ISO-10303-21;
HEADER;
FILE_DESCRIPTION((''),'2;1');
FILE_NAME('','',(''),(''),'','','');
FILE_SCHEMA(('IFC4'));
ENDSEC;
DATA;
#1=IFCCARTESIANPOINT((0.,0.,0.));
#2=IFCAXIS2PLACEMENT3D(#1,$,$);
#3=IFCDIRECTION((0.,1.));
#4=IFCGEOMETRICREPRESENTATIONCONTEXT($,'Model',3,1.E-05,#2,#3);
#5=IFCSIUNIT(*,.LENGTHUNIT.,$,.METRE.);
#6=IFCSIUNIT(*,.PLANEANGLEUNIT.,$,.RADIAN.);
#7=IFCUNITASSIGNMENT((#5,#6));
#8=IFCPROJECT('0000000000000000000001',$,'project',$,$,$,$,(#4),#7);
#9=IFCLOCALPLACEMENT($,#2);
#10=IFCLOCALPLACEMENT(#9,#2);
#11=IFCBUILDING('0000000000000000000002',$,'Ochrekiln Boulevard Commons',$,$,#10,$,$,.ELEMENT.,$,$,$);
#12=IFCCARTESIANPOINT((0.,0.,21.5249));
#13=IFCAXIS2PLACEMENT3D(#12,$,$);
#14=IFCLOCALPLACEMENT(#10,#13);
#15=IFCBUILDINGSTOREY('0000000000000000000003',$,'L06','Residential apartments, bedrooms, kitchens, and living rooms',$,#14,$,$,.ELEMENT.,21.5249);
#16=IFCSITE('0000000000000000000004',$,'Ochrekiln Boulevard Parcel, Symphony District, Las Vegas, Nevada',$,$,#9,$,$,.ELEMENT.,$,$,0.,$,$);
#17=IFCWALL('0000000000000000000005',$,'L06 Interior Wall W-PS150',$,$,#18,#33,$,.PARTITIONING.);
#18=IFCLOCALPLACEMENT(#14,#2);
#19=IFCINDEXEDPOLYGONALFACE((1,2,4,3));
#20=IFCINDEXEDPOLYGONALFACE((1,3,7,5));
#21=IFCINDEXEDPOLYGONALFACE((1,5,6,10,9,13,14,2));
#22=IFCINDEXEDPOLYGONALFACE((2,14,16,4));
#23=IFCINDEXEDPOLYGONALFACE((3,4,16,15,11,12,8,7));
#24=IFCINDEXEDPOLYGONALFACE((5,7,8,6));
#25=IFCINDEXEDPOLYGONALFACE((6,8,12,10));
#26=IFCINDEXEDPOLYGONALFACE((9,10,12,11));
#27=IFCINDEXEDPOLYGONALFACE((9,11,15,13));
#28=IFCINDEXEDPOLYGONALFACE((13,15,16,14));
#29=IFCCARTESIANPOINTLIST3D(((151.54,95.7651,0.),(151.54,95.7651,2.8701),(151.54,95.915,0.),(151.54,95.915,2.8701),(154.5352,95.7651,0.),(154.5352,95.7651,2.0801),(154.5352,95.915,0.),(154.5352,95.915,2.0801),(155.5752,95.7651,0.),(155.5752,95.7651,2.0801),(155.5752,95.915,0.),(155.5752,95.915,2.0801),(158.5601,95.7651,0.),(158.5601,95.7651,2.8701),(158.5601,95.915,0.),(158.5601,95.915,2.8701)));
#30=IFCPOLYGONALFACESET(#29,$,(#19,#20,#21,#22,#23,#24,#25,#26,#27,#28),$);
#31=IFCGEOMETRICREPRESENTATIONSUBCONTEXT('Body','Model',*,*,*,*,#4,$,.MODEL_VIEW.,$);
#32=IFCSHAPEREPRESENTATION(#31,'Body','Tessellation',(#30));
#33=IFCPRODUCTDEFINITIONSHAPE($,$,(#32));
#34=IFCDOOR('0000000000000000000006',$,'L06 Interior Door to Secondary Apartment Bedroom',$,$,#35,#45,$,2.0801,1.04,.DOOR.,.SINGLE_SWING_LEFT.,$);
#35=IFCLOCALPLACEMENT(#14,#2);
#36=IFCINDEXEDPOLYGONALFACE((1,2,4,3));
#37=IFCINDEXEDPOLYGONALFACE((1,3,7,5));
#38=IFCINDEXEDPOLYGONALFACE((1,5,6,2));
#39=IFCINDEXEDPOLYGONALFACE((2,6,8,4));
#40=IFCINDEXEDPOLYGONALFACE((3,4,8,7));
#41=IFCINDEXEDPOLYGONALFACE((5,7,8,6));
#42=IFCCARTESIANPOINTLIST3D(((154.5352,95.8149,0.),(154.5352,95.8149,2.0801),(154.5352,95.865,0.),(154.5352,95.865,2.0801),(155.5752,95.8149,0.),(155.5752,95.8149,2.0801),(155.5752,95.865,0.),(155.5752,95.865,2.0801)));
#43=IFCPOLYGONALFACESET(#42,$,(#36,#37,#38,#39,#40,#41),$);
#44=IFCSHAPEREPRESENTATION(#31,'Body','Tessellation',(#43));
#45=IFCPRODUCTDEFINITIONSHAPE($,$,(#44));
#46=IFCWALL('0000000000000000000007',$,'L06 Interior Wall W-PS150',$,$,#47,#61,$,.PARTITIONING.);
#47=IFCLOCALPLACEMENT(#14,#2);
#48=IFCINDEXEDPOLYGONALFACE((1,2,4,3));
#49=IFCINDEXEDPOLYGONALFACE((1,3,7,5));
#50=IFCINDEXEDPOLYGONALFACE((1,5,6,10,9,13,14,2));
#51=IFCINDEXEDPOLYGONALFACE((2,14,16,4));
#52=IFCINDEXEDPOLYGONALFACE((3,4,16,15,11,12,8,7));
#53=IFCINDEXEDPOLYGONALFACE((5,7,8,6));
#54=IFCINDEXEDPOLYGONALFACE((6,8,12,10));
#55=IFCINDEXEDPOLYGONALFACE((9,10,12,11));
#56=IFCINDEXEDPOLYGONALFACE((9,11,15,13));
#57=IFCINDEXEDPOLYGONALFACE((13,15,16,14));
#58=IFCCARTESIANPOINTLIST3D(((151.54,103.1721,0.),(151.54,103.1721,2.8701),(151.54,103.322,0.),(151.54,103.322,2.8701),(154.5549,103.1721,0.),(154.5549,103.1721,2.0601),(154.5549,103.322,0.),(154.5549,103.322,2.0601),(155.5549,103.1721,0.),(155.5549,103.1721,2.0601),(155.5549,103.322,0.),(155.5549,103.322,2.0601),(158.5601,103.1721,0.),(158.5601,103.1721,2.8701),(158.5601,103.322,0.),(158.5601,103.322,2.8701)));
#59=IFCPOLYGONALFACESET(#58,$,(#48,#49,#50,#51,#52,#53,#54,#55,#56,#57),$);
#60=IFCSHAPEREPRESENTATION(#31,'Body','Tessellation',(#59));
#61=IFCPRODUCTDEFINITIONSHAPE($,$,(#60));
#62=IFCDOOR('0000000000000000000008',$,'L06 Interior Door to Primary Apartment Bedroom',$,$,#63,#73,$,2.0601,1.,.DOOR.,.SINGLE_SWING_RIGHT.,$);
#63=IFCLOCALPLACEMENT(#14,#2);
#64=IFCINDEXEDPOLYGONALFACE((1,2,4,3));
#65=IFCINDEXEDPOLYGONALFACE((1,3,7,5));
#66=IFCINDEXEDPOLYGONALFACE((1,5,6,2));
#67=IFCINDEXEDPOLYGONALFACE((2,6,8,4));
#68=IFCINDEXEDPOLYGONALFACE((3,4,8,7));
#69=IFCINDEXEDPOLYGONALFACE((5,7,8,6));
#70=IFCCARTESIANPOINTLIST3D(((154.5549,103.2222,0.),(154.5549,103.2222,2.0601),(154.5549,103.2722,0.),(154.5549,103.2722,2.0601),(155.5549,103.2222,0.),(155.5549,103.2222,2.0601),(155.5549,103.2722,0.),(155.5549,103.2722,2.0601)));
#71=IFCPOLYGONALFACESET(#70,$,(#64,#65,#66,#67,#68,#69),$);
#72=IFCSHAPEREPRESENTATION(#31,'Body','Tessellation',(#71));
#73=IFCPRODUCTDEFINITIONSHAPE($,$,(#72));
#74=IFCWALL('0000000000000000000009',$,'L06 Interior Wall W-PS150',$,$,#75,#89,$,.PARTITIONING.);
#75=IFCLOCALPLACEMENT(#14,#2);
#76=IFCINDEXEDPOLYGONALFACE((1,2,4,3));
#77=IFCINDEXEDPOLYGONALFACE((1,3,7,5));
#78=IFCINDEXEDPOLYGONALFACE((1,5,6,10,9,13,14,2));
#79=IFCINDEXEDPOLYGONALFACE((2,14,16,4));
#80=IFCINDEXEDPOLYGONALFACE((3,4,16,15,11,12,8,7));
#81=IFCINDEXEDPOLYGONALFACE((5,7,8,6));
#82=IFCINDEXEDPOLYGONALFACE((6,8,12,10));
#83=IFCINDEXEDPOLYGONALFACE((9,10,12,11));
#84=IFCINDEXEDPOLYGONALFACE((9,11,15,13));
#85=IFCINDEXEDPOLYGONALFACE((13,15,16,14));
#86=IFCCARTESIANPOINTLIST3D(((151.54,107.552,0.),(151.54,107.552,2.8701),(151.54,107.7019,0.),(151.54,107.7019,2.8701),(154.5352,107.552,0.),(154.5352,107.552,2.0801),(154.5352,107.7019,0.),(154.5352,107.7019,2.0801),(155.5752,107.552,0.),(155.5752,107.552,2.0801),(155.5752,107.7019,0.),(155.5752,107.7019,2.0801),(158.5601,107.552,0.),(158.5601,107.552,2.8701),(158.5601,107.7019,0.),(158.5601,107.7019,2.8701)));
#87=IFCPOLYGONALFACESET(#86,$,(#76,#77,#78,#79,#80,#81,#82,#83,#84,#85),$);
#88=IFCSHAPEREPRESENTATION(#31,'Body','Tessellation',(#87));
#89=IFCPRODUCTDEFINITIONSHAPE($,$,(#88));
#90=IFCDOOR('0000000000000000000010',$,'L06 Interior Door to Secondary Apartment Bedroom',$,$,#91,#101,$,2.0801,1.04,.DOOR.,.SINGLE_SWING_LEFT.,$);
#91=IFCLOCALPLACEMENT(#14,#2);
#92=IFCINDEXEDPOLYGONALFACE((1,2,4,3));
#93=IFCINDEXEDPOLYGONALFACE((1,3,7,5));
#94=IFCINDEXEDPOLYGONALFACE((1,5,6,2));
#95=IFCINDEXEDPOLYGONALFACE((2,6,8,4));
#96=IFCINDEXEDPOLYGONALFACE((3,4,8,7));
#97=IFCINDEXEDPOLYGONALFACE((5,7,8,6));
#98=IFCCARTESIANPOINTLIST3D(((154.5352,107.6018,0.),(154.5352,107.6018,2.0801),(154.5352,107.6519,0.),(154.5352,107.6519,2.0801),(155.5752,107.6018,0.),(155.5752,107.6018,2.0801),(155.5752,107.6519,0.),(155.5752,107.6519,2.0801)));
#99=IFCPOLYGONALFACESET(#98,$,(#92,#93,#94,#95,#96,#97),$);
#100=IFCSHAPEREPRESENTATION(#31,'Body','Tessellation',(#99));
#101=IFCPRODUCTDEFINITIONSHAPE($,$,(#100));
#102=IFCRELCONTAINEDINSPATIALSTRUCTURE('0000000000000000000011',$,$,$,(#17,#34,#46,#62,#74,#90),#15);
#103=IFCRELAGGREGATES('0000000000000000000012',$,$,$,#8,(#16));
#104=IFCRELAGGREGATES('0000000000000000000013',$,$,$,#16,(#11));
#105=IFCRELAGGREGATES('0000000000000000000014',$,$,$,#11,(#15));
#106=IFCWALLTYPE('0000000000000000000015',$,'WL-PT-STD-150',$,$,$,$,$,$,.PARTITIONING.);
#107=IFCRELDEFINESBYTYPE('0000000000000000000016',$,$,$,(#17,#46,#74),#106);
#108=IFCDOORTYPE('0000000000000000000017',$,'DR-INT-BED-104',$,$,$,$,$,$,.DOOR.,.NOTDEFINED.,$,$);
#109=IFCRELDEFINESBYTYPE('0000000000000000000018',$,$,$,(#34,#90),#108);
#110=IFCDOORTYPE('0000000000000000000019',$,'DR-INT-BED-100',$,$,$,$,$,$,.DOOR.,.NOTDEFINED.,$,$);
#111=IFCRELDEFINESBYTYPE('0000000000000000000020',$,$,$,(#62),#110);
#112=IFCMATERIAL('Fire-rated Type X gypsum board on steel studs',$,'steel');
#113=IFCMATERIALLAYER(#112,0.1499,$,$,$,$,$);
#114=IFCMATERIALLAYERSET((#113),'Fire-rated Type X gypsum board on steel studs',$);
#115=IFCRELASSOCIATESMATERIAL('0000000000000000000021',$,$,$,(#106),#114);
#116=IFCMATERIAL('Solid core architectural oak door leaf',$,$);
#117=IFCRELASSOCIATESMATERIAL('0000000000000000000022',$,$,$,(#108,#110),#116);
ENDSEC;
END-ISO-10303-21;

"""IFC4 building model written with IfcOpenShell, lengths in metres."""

from ifc_helpers import new_model, si_unit, direction, frame, frame_2d, origin, place, context, subcontext, project, spatial, rectangle, extrude, material, layer, layer_set, type_object, element, fill, save


model = new_model("IFC4")

# Units and contexts
model_context = context("Model", 3, precision=1e-05, world=origin(), true_north=direction((0.0, 1.0)))
body_context = subcontext(model_context, "Body", "Model", "MODEL_VIEW")
ifc_project = project(units=[si_unit("LENGTHUNIT", "METRE"), si_unit("PLANEANGLEUNIT", "RADIAN")], contexts=[model_context])

# Site, building, storey
site_placement = place(None, origin())
site = spatial("IfcSite", under=ifc_project, at=site_placement, Name="Ochrekiln Boulevard Parcel, Symphony District, Las Vegas, Nevada", CompositionType="ELEMENT", RefElevation=0.0)
building_placement = place(site_placement, origin())
building = spatial("IfcBuilding", under=site, at=building_placement, Name="Ochrekiln Boulevard Commons", CompositionType="ELEMENT")
storey_placement = place(building_placement, frame((0.0, 0.0, 21.5249)))
storey = spatial("IfcBuildingStorey", under=building, at=storey_placement, Name="L06", Description="Residential apartments, bedrooms, kitchens, and living rooms", CompositionType="ELEMENT", Elevation=21.5249)

# Shared definitions
ifc_material_1 = material(Name="Fire-rated Type X gypsum board on steel studs", Category="steel")

# Walls, openings, doors
ifc_layer_1 = layer(ifc_material_1, 0.1499)
ifc_layer_set_1 = layer_set([ifc_layer_1], Name="Fire-rated Type X gypsum board on steel studs")
wall_type_1 = type_object("IfcWallType", Name="WL-PT-STD-150", PredefinedType="PARTITIONING", material=ifc_layer_set_1)
ifc_material_2 = material(Name="Solid core architectural oak door leaf")
door_type_1 = type_object("IfcDoorType", Name="DR-INT-BED-104", OperationType="NOTDEFINED", PredefinedType="DOOR", material=ifc_material_2)
door_type_2 = type_object("IfcDoorType", Name="DR-INT-BED-100", OperationType="NOTDEFINED", PredefinedType="DOOR", material=ifc_material_2)
wall_1_placement = place(storey_placement, frame((151.54, 95.8401, 0.0), z_axis=(0.0, 0.0, 1.0), x_axis=(1.0, 0.0, 0.0)))
wall_1 = element("IfcWall", 1, at=wall_1_placement, inside=storey, type_object=wall_type_1, Name="L06 Interior Wall W-PS150", PredefinedType="PARTITIONING", context=body_context, shape_type="SweptSolid", body=[
    extrude(rectangle(XDim=7.02, YDim=0.1499, at=frame_2d((3.51, 0.0))), origin(), (0.0, 0.0, 1.0), 2.8701),
])
opening_1_placement = place(wall_1_placement, frame((2.9951, 0.0, 0.0)))
opening_1 = element("IfcOpeningElement", 2, at=opening_1_placement, cuts=wall_1, PredefinedType="OPENING", context=body_context, shape_type="SweptSolid", body=[
    extrude(rectangle(XDim=1.04, YDim=2.0801, at=frame_2d((0.52, 1.04))), frame((0.0, 0.085, 0.0), z_axis=(0.0, -1.0, 0.0), x_axis=(1.0, 0.0, 0.0)), (0.0, 0.0, 1.0), 0.1699),
])
door_1_placement = place(opening_1_placement, origin())
door_1 = element("IfcDoor", 3, at=door_1_placement, inside=storey, type_object=door_type_1, Name="L06 Interior Door to Secondary Apartment Bedroom", OperationType="SINGLE_SWING_LEFT", OverallHeight=2.0801, OverallWidth=1.04, PredefinedType="DOOR", context=body_context, shape_type="SweptSolid", body=[
    extrude(rectangle(XDim=1.04, YDim=2.0801, at=frame_2d((0.52, 1.04))), frame((0.0, 0.0249, 0.0), z_axis=(0.0, -1.0, 0.0), x_axis=(1.0, 0.0, 0.0)), (0.0, 0.0, 1.0), 0.05),
])
fill(opening_1, door_1)
wall_2_placement = place(storey_placement, frame((151.54, 103.2471, 0.0), z_axis=(0.0, 0.0, 1.0), x_axis=(1.0, 0.0, 0.0)))
wall_2 = element("IfcWall", 4, at=wall_2_placement, inside=storey, type_object=wall_type_1, Name="L06 Interior Wall W-PS150", PredefinedType="PARTITIONING", context=body_context, shape_type="SweptSolid", body=[
    extrude(rectangle(XDim=7.02, YDim=0.1499, at=frame_2d((3.51, 0.0))), origin(), (0.0, 0.0, 1.0), 2.8701),
])
opening_2_placement = place(wall_2_placement, frame((3.0149, 0.0, 0.0)))
opening_2 = element("IfcOpeningElement", 5, at=opening_2_placement, cuts=wall_2, PredefinedType="OPENING", context=body_context, shape_type="SweptSolid", body=[
    extrude(rectangle(XDim=1.0, YDim=2.0601, at=frame_2d((0.5, 1.03))), frame((0.0, 0.085, 0.0), z_axis=(0.0, -1.0, 0.0), x_axis=(1.0, 0.0, 0.0)), (0.0, 0.0, 1.0), 0.1699),
])
door_2_placement = place(opening_2_placement, frame((1.0, 0.0, 0.0), z_axis=(0.0, 0.0, 1.0), x_axis=(-1.0, 0.0, 0.0)))
door_2 = element("IfcDoor", 6, at=door_2_placement, inside=storey, type_object=door_type_2, Name="L06 Interior Door to Primary Apartment Bedroom", OperationType="SINGLE_SWING_RIGHT", OverallHeight=2.0601, OverallWidth=1.0, PredefinedType="DOOR", context=body_context, shape_type="SweptSolid", body=[
    extrude(rectangle(XDim=1.0, YDim=2.0601, at=frame_2d((0.5, 1.03))), frame((0.0, 0.0249, 0.0), z_axis=(0.0, -1.0, 0.0), x_axis=(1.0, 0.0, 0.0)), (0.0, 0.0, 1.0), 0.05),
])
fill(opening_2, door_2)
wall_3_placement = place(storey_placement, frame((151.54, 107.627, 0.0), z_axis=(0.0, 0.0, 1.0), x_axis=(1.0, 0.0, 0.0)))
wall_3 = element("IfcWall", 7, at=wall_3_placement, inside=storey, type_object=wall_type_1, Name="L06 Interior Wall W-PS150", PredefinedType="PARTITIONING", context=body_context, shape_type="SweptSolid", body=[
    extrude(rectangle(XDim=7.02, YDim=0.1499, at=frame_2d((3.51, 0.0))), origin(), (0.0, 0.0, 1.0), 2.8701),
])
opening_3_placement = place(wall_3_placement, frame((2.9951, 0.0, 0.0)))
opening_3 = element("IfcOpeningElement", 8, at=opening_3_placement, cuts=wall_3, PredefinedType="OPENING", context=body_context, shape_type="SweptSolid", body=[
    extrude(rectangle(XDim=1.04, YDim=2.0801, at=frame_2d((0.52, 1.04))), frame((0.0, 0.085, 0.0), z_axis=(0.0, -1.0, 0.0), x_axis=(1.0, 0.0, 0.0)), (0.0, 0.0, 1.0), 0.1699),
])
door_3_placement = place(opening_3_placement, origin())
door_3 = element("IfcDoor", 9, at=door_3_placement, inside=storey, type_object=door_type_1, Name="L06 Interior Door to Secondary Apartment Bedroom", OperationType="SINGLE_SWING_LEFT", OverallHeight=2.0801, OverallWidth=1.04, PredefinedType="DOOR", context=body_context, shape_type="SweptSolid", body=[
    extrude(rectangle(XDim=1.04, YDim=2.0801, at=frame_2d((0.52, 1.04))), frame((0.0, 0.0249, 0.0), z_axis=(0.0, -1.0, 0.0), x_axis=(1.0, 0.0, 0.0)), (0.0, 0.0, 1.0), 0.05),
])
fill(opening_3, door_3)

save(model, "model.ifc")
